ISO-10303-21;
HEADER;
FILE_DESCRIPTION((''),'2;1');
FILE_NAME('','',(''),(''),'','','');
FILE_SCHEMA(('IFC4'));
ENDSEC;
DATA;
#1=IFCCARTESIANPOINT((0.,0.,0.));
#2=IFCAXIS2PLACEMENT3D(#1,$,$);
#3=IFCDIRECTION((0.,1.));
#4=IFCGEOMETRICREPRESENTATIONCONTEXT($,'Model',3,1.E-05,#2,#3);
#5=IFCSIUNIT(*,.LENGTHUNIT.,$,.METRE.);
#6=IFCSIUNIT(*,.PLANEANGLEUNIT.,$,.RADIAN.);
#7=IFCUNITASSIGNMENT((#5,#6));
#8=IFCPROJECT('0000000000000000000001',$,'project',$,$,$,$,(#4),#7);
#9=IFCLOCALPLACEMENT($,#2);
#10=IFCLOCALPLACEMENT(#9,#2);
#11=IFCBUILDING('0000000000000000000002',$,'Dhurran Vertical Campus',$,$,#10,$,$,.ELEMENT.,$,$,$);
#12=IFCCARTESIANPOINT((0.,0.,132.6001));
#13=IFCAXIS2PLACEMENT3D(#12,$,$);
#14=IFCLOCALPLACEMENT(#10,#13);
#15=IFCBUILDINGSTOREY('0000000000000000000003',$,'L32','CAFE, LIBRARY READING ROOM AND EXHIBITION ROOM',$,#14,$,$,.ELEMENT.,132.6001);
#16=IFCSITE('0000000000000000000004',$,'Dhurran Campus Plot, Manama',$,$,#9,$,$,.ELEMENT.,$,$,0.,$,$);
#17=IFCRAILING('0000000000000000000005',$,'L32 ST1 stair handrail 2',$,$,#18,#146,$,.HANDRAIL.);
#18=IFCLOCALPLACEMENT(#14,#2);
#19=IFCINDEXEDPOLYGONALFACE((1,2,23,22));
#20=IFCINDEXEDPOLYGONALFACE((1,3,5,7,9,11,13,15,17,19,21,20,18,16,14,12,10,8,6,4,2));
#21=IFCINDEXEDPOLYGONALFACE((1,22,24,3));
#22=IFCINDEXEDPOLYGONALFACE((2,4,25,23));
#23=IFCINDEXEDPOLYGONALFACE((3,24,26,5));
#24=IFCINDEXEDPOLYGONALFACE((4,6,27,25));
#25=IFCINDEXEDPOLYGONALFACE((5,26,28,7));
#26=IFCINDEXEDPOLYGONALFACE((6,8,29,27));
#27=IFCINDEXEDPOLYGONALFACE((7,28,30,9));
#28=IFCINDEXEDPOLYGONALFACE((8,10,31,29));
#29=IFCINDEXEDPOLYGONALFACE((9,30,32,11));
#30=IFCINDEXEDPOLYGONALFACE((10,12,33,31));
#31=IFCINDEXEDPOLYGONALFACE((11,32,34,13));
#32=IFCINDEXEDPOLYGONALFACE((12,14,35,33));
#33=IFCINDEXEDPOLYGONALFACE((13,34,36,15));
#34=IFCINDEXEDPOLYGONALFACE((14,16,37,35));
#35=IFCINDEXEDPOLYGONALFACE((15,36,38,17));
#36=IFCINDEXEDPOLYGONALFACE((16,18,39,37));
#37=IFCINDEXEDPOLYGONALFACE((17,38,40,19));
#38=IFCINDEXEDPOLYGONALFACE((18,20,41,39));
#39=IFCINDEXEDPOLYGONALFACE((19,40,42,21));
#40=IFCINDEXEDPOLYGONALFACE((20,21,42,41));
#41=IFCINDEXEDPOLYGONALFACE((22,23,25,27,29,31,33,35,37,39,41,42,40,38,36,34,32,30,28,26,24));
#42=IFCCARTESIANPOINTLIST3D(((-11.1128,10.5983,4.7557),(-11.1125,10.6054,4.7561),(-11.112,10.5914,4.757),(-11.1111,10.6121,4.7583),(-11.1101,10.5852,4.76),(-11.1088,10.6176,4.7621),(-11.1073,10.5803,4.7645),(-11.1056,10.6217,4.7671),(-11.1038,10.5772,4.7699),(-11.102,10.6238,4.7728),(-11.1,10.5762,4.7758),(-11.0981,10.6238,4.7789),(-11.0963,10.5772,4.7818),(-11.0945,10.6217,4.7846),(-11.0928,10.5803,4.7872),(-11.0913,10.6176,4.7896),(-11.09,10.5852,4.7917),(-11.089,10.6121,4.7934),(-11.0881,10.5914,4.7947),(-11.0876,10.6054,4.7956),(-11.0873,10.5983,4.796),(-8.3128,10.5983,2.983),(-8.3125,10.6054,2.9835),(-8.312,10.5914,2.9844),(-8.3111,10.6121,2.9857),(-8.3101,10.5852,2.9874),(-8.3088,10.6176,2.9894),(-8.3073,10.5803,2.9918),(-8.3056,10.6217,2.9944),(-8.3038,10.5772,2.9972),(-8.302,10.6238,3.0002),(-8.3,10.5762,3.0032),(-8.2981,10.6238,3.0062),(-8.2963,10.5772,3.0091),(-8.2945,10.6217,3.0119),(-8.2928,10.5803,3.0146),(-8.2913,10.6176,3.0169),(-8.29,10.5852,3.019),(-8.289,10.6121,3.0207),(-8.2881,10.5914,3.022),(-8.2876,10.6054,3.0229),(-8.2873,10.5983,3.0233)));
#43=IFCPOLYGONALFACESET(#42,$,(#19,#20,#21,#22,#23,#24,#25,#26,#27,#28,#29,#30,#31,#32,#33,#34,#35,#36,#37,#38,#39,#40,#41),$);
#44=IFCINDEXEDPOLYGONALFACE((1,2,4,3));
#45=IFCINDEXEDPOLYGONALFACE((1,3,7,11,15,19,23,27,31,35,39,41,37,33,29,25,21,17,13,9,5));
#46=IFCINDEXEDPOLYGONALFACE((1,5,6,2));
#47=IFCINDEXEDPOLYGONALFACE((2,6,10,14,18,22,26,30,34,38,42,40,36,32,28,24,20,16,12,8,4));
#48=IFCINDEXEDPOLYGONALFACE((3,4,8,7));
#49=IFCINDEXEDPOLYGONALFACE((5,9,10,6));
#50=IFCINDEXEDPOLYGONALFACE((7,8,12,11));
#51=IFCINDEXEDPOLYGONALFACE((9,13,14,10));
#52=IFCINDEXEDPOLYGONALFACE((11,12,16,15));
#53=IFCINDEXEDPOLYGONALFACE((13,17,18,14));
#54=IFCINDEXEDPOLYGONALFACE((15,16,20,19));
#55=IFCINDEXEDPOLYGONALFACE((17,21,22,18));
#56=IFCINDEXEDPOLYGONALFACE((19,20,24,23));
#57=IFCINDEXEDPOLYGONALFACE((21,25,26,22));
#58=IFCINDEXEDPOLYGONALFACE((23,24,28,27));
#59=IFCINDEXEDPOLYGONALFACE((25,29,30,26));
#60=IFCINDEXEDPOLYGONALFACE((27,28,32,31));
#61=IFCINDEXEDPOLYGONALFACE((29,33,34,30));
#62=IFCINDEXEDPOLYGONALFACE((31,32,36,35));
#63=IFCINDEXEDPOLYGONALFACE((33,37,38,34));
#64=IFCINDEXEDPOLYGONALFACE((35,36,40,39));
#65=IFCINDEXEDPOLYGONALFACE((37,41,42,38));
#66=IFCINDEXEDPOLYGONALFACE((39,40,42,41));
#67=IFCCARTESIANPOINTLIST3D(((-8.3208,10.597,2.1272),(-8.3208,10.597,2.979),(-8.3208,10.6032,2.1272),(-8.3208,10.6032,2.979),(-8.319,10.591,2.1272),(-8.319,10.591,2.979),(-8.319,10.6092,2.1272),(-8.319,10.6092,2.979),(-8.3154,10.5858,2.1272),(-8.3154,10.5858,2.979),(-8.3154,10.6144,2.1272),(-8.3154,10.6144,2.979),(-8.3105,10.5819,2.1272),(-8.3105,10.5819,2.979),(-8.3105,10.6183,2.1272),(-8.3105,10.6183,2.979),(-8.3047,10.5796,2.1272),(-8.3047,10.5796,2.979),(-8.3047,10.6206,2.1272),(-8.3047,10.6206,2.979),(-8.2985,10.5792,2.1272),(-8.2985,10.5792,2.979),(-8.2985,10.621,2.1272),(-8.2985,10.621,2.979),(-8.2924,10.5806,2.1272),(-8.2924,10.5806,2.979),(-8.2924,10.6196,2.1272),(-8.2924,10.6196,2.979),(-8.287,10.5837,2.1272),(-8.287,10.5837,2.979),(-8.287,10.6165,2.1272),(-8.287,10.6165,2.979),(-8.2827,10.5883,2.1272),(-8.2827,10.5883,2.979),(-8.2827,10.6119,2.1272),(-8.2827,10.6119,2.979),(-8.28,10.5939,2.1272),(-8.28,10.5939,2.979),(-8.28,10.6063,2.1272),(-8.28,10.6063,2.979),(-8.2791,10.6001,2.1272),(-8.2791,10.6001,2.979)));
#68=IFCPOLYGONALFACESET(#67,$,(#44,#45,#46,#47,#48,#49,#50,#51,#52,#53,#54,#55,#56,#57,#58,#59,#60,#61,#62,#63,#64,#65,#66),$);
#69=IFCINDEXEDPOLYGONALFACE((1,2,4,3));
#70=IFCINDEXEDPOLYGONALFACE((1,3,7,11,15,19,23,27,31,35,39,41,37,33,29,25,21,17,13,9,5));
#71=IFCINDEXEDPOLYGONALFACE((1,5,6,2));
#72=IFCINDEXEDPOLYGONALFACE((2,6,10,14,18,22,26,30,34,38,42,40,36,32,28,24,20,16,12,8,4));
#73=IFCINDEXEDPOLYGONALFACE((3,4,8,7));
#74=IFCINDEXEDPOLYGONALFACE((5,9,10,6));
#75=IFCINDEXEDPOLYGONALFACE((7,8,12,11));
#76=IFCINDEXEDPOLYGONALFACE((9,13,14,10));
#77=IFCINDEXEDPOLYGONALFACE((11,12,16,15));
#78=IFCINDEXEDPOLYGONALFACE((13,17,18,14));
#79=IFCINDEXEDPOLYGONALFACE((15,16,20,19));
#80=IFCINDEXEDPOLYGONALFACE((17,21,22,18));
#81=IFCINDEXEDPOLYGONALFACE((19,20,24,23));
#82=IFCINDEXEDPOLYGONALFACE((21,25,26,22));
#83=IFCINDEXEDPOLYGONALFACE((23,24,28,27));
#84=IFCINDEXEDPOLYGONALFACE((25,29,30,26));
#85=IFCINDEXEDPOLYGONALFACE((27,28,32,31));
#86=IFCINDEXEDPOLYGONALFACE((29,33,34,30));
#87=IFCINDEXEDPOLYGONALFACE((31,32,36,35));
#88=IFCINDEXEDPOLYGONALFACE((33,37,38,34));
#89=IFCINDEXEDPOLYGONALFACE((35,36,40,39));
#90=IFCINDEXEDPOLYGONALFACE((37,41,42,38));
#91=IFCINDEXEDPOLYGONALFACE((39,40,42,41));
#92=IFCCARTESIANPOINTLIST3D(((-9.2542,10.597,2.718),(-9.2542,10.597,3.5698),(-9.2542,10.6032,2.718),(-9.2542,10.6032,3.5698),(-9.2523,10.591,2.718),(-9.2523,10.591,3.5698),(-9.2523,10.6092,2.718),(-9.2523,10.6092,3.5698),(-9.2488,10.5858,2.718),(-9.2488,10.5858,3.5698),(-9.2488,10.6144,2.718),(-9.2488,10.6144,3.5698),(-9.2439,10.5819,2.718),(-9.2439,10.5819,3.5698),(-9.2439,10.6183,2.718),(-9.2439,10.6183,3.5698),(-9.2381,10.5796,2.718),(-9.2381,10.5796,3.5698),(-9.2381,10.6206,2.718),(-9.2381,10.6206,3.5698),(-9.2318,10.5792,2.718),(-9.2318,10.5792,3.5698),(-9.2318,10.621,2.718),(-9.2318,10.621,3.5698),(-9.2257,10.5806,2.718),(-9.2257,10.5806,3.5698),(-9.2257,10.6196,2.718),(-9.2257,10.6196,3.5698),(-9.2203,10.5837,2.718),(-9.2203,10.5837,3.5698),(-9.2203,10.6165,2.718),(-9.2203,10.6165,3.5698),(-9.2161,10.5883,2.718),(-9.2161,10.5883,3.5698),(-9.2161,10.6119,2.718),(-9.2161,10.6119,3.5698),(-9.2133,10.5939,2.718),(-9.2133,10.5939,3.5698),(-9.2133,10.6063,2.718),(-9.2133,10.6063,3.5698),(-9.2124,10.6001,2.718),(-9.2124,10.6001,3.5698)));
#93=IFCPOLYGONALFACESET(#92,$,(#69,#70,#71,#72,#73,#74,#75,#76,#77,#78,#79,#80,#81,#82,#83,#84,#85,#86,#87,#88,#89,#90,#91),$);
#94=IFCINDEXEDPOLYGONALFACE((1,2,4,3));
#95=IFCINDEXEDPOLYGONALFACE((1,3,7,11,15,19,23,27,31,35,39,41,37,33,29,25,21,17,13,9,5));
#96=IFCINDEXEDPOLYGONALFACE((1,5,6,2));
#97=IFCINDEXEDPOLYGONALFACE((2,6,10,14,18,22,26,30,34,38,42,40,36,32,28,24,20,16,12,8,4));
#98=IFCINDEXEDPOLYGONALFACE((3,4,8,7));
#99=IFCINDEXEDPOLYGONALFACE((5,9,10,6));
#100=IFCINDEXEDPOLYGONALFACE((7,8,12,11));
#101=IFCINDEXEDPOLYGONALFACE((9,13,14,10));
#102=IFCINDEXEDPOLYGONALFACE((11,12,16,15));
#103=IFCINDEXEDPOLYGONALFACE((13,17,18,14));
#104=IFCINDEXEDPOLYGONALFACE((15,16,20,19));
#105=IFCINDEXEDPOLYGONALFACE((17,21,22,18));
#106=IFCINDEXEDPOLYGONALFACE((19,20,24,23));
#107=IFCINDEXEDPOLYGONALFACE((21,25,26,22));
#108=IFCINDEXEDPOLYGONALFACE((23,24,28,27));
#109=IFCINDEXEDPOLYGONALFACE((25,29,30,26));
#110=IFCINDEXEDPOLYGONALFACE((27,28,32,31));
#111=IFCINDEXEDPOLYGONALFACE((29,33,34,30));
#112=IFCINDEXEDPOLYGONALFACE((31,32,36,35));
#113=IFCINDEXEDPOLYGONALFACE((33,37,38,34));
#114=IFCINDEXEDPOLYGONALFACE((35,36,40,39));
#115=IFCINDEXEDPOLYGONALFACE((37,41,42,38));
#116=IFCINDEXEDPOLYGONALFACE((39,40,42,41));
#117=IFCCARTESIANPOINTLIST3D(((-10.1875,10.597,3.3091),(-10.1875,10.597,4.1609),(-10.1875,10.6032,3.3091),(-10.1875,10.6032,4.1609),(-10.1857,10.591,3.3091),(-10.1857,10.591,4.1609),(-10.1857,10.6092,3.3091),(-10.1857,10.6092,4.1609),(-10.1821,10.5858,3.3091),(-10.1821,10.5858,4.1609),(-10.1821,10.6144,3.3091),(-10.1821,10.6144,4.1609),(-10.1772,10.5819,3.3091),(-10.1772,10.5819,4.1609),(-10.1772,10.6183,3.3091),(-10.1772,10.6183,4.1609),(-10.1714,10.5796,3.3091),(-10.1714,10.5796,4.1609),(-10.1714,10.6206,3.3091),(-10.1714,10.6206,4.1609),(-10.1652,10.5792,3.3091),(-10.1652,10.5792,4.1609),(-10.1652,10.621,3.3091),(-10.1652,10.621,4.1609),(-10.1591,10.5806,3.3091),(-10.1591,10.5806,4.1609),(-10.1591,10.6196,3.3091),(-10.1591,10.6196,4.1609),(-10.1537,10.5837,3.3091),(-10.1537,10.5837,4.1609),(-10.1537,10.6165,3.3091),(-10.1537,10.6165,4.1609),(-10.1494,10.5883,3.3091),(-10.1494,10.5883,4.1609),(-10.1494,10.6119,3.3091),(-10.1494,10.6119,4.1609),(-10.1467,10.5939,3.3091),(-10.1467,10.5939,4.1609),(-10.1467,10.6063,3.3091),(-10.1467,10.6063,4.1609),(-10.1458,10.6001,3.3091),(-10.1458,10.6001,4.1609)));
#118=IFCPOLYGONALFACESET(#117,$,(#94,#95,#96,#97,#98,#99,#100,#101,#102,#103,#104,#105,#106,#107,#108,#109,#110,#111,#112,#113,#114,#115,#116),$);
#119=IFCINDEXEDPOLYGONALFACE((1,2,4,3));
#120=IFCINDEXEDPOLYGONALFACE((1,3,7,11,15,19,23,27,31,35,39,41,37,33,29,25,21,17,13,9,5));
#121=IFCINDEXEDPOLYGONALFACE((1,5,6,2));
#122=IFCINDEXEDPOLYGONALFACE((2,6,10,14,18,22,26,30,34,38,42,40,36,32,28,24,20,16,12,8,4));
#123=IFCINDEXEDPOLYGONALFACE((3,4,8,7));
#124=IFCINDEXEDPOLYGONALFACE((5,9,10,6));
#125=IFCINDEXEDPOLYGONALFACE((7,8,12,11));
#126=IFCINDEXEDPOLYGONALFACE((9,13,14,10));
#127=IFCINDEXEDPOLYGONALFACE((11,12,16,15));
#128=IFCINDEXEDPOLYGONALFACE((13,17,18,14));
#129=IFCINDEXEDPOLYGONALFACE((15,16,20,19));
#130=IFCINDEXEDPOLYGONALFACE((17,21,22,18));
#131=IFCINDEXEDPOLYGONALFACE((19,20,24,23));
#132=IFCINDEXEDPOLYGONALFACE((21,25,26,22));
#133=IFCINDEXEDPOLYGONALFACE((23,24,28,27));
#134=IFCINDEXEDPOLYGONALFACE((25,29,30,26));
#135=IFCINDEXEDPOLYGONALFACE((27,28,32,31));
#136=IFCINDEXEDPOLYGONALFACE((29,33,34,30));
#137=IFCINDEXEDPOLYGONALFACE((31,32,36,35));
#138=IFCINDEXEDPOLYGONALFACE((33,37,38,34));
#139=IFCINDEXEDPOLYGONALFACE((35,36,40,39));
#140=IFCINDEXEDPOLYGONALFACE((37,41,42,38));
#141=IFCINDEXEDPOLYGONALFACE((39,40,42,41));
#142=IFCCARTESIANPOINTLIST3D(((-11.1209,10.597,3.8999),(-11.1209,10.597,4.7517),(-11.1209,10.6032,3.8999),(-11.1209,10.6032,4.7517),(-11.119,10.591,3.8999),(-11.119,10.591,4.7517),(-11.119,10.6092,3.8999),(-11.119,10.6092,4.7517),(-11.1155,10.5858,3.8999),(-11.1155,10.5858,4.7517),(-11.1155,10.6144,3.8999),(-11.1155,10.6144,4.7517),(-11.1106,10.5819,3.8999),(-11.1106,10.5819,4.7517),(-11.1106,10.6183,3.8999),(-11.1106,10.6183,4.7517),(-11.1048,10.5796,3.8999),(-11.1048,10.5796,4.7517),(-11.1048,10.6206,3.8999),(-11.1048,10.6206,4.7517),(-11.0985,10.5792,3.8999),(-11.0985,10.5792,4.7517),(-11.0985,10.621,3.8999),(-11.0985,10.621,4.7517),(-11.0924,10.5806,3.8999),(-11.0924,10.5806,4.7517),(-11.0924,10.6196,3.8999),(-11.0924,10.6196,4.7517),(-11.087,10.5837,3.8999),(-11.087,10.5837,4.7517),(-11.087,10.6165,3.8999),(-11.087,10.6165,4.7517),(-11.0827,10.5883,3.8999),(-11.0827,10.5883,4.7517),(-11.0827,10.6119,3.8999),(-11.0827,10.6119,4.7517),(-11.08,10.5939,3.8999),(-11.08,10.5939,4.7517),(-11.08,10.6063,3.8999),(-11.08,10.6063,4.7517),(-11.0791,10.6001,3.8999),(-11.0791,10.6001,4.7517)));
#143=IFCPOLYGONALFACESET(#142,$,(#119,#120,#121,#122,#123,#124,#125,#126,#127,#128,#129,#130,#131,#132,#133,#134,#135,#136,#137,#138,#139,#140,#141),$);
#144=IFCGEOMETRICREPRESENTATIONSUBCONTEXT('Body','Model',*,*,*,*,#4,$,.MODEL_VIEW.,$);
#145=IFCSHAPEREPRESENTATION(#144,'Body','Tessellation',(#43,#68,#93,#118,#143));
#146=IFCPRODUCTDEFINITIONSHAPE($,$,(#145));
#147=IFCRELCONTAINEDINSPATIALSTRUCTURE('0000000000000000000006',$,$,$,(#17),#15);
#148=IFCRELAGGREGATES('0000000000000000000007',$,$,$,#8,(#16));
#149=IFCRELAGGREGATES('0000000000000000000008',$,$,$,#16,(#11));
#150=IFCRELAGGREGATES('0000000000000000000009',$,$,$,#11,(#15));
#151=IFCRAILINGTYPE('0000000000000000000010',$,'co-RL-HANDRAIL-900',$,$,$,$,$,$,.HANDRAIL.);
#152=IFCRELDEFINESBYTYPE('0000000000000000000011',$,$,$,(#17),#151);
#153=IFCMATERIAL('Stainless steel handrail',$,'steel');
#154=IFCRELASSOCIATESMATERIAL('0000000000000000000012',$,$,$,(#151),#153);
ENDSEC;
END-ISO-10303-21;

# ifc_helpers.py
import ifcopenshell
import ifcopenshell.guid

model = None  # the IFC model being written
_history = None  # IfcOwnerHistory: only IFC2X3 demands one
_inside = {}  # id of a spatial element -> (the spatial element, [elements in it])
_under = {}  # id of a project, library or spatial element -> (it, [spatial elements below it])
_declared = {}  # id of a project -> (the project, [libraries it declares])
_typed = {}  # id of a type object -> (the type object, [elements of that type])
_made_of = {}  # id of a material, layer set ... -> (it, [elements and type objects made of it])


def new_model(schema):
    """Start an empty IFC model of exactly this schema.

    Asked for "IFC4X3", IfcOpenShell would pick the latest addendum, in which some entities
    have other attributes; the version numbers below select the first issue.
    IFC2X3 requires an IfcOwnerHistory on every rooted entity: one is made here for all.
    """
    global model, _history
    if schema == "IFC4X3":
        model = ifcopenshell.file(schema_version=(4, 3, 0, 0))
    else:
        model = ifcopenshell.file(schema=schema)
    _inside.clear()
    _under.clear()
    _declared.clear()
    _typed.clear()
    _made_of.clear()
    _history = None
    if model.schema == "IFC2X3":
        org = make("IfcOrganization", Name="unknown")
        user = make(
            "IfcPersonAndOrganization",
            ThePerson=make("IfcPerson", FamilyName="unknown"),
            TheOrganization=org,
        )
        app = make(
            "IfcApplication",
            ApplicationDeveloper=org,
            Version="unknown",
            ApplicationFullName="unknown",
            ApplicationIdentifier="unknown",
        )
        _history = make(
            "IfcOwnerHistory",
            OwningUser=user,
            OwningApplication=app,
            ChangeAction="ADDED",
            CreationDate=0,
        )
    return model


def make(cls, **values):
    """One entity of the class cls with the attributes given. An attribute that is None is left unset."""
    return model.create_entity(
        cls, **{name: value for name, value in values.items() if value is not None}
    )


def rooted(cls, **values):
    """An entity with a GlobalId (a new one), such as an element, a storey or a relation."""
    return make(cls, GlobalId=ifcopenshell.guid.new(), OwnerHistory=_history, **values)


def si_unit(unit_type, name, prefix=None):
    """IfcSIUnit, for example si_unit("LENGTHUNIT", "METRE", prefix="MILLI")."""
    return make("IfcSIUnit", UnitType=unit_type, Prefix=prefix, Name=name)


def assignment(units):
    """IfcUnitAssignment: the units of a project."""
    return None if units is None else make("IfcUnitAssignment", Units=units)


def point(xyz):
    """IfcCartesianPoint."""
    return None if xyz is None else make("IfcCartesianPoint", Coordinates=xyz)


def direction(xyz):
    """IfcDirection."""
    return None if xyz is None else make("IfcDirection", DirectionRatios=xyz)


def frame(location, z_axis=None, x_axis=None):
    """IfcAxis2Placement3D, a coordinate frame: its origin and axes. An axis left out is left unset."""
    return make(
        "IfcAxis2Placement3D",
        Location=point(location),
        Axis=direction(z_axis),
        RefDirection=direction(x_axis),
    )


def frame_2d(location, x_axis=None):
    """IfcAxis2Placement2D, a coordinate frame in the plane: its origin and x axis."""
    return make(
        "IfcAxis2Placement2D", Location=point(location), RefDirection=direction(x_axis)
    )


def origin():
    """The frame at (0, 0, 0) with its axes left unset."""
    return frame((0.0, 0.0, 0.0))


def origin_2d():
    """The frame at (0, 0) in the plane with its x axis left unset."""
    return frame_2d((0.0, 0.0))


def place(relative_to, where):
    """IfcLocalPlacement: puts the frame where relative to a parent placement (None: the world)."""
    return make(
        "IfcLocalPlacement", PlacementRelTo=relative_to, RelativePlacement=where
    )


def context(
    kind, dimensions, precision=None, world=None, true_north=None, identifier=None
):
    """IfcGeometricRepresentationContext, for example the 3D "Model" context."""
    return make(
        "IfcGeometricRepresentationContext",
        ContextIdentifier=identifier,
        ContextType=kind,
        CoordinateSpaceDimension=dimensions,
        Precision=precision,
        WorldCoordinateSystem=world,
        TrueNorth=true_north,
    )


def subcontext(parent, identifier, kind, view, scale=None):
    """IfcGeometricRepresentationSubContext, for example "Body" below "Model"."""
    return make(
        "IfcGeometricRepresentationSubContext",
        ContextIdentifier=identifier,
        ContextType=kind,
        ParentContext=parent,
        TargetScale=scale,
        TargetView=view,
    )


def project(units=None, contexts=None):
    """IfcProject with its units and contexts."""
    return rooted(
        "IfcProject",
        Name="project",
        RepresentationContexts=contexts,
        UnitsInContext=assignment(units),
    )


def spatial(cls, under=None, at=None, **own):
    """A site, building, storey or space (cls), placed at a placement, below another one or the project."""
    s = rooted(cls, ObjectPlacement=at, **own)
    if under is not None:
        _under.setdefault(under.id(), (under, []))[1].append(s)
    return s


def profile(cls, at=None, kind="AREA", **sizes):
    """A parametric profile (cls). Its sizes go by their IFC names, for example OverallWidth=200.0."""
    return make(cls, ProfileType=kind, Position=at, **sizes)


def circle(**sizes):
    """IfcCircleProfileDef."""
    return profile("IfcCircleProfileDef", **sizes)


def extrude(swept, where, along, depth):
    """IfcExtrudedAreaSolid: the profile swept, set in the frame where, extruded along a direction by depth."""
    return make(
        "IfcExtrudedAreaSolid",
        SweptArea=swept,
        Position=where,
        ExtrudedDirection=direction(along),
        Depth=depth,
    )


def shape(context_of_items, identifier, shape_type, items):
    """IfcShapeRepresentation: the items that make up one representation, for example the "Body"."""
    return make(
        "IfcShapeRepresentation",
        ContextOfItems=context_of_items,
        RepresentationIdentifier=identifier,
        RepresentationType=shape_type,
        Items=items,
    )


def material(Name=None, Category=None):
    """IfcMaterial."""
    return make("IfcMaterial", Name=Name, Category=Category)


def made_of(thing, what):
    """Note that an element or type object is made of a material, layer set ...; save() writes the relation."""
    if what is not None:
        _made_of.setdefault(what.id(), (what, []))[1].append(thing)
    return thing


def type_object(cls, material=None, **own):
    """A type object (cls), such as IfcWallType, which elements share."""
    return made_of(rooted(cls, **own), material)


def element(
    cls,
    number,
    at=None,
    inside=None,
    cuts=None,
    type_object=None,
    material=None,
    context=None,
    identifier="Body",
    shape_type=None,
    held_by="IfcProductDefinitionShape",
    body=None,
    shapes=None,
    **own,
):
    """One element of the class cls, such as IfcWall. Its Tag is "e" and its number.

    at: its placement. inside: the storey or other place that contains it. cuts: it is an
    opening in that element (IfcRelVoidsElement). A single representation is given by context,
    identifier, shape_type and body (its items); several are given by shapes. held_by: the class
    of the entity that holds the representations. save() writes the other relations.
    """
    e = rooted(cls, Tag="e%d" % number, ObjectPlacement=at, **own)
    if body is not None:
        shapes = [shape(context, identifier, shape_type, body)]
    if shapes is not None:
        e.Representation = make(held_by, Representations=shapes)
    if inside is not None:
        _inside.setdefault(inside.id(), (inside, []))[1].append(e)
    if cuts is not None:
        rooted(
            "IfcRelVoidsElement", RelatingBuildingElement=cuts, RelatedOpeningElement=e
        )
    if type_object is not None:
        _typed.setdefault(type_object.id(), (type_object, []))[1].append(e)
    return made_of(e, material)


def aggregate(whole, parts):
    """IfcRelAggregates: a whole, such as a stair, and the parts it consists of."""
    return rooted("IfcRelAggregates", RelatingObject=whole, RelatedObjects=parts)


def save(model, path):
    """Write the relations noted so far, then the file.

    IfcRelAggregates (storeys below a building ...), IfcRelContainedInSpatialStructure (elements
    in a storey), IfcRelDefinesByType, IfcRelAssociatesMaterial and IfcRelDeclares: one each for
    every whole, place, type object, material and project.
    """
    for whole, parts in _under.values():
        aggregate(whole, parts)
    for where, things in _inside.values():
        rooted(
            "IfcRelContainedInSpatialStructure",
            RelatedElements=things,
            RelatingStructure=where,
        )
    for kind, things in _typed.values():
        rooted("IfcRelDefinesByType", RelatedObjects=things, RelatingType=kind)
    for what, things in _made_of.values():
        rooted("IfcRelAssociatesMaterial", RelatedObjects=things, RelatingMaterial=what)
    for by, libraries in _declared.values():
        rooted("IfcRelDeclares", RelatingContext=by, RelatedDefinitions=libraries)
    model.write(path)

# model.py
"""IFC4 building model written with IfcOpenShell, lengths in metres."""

from ifc_helpers import new_model, si_unit, direction, frame, origin, origin_2d, place, context, subcontext, project, spatial, circle, extrude, material, type_object, element, save


model = new_model("IFC4")

# Units and contexts
model_context = context("Model", 3, precision=1e-05, world=origin(), true_north=direction((0.0, 1.0)))
body_context = subcontext(model_context, "Body", "Model", "MODEL_VIEW")
ifc_project = project(units=[si_unit("LENGTHUNIT", "METRE"), si_unit("PLANEANGLEUNIT", "RADIAN")], contexts=[model_context])

# Site, building, storey
site_placement = place(None, origin())
site = spatial("IfcSite", under=ifc_project, at=site_placement, Name="Dhurran Campus Plot, Manama", CompositionType="ELEMENT", RefElevation=0.0)
building_placement = place(site_placement, origin())
building = spatial("IfcBuilding", under=site, at=building_placement, Name="Dhurran Vertical Campus", CompositionType="ELEMENT")
storey_placement = place(building_placement, frame((0.0, 0.0, 132.6001)))
storey = spatial("IfcBuildingStorey", under=building, at=storey_placement, Name="L32", Description="CAFE, LIBRARY READING ROOM AND EXHIBITION ROOM", CompositionType="ELEMENT", Elevation=132.6001)

# Railing
ifc_material_1 = material(Name="Stainless steel handrail", Category="steel")
railing_type_1 = type_object("IfcRailingType", Name="co-RL-HANDRAIL-900", PredefinedType="HANDRAIL", material=ifc_material_1)
railing_1_placement = place(storey_placement, frame((-8.3, 10.6001, 2.1272)))
element("IfcRailing", 1, at=railing_1_placement, inside=storey, type_object=railing_type_1, Name="L32 ST1 stair handrail 2", PredefinedType="HANDRAIL", context=body_context, shape_type="SweptSolid", body=[
    extrude(circle(Radius=0.0239, at=origin_2d()), frame((0.0, 0.0, 0.876), z_axis=(-0.844909, 0.0, 0.53491), x_axis=(0.0, -1.0, 0.0)), (0.0, 0.0, 1.0), 3.314),
    extrude(circle(Radius=0.021, at=origin_2d()), origin(), (0.0, 0.0, 1.0), 0.8518),
    extrude(circle(Radius=0.021, at=origin_2d()), frame((-0.9333, 0.0, 0.5908)), (0.0, 0.0, 1.0), 0.8518),
    extrude(circle(Radius=0.021, at=origin_2d()), frame((-1.8667, 0.0, 1.1819)), (0.0, 0.0, 1.0), 0.8518),
    extrude(circle(Radius=0.021, at=origin_2d()), frame((-2.8, 0.0, 1.7727)), (0.0, 0.0, 1.0), 0.8518),
])

save(model, "model.ifc")
